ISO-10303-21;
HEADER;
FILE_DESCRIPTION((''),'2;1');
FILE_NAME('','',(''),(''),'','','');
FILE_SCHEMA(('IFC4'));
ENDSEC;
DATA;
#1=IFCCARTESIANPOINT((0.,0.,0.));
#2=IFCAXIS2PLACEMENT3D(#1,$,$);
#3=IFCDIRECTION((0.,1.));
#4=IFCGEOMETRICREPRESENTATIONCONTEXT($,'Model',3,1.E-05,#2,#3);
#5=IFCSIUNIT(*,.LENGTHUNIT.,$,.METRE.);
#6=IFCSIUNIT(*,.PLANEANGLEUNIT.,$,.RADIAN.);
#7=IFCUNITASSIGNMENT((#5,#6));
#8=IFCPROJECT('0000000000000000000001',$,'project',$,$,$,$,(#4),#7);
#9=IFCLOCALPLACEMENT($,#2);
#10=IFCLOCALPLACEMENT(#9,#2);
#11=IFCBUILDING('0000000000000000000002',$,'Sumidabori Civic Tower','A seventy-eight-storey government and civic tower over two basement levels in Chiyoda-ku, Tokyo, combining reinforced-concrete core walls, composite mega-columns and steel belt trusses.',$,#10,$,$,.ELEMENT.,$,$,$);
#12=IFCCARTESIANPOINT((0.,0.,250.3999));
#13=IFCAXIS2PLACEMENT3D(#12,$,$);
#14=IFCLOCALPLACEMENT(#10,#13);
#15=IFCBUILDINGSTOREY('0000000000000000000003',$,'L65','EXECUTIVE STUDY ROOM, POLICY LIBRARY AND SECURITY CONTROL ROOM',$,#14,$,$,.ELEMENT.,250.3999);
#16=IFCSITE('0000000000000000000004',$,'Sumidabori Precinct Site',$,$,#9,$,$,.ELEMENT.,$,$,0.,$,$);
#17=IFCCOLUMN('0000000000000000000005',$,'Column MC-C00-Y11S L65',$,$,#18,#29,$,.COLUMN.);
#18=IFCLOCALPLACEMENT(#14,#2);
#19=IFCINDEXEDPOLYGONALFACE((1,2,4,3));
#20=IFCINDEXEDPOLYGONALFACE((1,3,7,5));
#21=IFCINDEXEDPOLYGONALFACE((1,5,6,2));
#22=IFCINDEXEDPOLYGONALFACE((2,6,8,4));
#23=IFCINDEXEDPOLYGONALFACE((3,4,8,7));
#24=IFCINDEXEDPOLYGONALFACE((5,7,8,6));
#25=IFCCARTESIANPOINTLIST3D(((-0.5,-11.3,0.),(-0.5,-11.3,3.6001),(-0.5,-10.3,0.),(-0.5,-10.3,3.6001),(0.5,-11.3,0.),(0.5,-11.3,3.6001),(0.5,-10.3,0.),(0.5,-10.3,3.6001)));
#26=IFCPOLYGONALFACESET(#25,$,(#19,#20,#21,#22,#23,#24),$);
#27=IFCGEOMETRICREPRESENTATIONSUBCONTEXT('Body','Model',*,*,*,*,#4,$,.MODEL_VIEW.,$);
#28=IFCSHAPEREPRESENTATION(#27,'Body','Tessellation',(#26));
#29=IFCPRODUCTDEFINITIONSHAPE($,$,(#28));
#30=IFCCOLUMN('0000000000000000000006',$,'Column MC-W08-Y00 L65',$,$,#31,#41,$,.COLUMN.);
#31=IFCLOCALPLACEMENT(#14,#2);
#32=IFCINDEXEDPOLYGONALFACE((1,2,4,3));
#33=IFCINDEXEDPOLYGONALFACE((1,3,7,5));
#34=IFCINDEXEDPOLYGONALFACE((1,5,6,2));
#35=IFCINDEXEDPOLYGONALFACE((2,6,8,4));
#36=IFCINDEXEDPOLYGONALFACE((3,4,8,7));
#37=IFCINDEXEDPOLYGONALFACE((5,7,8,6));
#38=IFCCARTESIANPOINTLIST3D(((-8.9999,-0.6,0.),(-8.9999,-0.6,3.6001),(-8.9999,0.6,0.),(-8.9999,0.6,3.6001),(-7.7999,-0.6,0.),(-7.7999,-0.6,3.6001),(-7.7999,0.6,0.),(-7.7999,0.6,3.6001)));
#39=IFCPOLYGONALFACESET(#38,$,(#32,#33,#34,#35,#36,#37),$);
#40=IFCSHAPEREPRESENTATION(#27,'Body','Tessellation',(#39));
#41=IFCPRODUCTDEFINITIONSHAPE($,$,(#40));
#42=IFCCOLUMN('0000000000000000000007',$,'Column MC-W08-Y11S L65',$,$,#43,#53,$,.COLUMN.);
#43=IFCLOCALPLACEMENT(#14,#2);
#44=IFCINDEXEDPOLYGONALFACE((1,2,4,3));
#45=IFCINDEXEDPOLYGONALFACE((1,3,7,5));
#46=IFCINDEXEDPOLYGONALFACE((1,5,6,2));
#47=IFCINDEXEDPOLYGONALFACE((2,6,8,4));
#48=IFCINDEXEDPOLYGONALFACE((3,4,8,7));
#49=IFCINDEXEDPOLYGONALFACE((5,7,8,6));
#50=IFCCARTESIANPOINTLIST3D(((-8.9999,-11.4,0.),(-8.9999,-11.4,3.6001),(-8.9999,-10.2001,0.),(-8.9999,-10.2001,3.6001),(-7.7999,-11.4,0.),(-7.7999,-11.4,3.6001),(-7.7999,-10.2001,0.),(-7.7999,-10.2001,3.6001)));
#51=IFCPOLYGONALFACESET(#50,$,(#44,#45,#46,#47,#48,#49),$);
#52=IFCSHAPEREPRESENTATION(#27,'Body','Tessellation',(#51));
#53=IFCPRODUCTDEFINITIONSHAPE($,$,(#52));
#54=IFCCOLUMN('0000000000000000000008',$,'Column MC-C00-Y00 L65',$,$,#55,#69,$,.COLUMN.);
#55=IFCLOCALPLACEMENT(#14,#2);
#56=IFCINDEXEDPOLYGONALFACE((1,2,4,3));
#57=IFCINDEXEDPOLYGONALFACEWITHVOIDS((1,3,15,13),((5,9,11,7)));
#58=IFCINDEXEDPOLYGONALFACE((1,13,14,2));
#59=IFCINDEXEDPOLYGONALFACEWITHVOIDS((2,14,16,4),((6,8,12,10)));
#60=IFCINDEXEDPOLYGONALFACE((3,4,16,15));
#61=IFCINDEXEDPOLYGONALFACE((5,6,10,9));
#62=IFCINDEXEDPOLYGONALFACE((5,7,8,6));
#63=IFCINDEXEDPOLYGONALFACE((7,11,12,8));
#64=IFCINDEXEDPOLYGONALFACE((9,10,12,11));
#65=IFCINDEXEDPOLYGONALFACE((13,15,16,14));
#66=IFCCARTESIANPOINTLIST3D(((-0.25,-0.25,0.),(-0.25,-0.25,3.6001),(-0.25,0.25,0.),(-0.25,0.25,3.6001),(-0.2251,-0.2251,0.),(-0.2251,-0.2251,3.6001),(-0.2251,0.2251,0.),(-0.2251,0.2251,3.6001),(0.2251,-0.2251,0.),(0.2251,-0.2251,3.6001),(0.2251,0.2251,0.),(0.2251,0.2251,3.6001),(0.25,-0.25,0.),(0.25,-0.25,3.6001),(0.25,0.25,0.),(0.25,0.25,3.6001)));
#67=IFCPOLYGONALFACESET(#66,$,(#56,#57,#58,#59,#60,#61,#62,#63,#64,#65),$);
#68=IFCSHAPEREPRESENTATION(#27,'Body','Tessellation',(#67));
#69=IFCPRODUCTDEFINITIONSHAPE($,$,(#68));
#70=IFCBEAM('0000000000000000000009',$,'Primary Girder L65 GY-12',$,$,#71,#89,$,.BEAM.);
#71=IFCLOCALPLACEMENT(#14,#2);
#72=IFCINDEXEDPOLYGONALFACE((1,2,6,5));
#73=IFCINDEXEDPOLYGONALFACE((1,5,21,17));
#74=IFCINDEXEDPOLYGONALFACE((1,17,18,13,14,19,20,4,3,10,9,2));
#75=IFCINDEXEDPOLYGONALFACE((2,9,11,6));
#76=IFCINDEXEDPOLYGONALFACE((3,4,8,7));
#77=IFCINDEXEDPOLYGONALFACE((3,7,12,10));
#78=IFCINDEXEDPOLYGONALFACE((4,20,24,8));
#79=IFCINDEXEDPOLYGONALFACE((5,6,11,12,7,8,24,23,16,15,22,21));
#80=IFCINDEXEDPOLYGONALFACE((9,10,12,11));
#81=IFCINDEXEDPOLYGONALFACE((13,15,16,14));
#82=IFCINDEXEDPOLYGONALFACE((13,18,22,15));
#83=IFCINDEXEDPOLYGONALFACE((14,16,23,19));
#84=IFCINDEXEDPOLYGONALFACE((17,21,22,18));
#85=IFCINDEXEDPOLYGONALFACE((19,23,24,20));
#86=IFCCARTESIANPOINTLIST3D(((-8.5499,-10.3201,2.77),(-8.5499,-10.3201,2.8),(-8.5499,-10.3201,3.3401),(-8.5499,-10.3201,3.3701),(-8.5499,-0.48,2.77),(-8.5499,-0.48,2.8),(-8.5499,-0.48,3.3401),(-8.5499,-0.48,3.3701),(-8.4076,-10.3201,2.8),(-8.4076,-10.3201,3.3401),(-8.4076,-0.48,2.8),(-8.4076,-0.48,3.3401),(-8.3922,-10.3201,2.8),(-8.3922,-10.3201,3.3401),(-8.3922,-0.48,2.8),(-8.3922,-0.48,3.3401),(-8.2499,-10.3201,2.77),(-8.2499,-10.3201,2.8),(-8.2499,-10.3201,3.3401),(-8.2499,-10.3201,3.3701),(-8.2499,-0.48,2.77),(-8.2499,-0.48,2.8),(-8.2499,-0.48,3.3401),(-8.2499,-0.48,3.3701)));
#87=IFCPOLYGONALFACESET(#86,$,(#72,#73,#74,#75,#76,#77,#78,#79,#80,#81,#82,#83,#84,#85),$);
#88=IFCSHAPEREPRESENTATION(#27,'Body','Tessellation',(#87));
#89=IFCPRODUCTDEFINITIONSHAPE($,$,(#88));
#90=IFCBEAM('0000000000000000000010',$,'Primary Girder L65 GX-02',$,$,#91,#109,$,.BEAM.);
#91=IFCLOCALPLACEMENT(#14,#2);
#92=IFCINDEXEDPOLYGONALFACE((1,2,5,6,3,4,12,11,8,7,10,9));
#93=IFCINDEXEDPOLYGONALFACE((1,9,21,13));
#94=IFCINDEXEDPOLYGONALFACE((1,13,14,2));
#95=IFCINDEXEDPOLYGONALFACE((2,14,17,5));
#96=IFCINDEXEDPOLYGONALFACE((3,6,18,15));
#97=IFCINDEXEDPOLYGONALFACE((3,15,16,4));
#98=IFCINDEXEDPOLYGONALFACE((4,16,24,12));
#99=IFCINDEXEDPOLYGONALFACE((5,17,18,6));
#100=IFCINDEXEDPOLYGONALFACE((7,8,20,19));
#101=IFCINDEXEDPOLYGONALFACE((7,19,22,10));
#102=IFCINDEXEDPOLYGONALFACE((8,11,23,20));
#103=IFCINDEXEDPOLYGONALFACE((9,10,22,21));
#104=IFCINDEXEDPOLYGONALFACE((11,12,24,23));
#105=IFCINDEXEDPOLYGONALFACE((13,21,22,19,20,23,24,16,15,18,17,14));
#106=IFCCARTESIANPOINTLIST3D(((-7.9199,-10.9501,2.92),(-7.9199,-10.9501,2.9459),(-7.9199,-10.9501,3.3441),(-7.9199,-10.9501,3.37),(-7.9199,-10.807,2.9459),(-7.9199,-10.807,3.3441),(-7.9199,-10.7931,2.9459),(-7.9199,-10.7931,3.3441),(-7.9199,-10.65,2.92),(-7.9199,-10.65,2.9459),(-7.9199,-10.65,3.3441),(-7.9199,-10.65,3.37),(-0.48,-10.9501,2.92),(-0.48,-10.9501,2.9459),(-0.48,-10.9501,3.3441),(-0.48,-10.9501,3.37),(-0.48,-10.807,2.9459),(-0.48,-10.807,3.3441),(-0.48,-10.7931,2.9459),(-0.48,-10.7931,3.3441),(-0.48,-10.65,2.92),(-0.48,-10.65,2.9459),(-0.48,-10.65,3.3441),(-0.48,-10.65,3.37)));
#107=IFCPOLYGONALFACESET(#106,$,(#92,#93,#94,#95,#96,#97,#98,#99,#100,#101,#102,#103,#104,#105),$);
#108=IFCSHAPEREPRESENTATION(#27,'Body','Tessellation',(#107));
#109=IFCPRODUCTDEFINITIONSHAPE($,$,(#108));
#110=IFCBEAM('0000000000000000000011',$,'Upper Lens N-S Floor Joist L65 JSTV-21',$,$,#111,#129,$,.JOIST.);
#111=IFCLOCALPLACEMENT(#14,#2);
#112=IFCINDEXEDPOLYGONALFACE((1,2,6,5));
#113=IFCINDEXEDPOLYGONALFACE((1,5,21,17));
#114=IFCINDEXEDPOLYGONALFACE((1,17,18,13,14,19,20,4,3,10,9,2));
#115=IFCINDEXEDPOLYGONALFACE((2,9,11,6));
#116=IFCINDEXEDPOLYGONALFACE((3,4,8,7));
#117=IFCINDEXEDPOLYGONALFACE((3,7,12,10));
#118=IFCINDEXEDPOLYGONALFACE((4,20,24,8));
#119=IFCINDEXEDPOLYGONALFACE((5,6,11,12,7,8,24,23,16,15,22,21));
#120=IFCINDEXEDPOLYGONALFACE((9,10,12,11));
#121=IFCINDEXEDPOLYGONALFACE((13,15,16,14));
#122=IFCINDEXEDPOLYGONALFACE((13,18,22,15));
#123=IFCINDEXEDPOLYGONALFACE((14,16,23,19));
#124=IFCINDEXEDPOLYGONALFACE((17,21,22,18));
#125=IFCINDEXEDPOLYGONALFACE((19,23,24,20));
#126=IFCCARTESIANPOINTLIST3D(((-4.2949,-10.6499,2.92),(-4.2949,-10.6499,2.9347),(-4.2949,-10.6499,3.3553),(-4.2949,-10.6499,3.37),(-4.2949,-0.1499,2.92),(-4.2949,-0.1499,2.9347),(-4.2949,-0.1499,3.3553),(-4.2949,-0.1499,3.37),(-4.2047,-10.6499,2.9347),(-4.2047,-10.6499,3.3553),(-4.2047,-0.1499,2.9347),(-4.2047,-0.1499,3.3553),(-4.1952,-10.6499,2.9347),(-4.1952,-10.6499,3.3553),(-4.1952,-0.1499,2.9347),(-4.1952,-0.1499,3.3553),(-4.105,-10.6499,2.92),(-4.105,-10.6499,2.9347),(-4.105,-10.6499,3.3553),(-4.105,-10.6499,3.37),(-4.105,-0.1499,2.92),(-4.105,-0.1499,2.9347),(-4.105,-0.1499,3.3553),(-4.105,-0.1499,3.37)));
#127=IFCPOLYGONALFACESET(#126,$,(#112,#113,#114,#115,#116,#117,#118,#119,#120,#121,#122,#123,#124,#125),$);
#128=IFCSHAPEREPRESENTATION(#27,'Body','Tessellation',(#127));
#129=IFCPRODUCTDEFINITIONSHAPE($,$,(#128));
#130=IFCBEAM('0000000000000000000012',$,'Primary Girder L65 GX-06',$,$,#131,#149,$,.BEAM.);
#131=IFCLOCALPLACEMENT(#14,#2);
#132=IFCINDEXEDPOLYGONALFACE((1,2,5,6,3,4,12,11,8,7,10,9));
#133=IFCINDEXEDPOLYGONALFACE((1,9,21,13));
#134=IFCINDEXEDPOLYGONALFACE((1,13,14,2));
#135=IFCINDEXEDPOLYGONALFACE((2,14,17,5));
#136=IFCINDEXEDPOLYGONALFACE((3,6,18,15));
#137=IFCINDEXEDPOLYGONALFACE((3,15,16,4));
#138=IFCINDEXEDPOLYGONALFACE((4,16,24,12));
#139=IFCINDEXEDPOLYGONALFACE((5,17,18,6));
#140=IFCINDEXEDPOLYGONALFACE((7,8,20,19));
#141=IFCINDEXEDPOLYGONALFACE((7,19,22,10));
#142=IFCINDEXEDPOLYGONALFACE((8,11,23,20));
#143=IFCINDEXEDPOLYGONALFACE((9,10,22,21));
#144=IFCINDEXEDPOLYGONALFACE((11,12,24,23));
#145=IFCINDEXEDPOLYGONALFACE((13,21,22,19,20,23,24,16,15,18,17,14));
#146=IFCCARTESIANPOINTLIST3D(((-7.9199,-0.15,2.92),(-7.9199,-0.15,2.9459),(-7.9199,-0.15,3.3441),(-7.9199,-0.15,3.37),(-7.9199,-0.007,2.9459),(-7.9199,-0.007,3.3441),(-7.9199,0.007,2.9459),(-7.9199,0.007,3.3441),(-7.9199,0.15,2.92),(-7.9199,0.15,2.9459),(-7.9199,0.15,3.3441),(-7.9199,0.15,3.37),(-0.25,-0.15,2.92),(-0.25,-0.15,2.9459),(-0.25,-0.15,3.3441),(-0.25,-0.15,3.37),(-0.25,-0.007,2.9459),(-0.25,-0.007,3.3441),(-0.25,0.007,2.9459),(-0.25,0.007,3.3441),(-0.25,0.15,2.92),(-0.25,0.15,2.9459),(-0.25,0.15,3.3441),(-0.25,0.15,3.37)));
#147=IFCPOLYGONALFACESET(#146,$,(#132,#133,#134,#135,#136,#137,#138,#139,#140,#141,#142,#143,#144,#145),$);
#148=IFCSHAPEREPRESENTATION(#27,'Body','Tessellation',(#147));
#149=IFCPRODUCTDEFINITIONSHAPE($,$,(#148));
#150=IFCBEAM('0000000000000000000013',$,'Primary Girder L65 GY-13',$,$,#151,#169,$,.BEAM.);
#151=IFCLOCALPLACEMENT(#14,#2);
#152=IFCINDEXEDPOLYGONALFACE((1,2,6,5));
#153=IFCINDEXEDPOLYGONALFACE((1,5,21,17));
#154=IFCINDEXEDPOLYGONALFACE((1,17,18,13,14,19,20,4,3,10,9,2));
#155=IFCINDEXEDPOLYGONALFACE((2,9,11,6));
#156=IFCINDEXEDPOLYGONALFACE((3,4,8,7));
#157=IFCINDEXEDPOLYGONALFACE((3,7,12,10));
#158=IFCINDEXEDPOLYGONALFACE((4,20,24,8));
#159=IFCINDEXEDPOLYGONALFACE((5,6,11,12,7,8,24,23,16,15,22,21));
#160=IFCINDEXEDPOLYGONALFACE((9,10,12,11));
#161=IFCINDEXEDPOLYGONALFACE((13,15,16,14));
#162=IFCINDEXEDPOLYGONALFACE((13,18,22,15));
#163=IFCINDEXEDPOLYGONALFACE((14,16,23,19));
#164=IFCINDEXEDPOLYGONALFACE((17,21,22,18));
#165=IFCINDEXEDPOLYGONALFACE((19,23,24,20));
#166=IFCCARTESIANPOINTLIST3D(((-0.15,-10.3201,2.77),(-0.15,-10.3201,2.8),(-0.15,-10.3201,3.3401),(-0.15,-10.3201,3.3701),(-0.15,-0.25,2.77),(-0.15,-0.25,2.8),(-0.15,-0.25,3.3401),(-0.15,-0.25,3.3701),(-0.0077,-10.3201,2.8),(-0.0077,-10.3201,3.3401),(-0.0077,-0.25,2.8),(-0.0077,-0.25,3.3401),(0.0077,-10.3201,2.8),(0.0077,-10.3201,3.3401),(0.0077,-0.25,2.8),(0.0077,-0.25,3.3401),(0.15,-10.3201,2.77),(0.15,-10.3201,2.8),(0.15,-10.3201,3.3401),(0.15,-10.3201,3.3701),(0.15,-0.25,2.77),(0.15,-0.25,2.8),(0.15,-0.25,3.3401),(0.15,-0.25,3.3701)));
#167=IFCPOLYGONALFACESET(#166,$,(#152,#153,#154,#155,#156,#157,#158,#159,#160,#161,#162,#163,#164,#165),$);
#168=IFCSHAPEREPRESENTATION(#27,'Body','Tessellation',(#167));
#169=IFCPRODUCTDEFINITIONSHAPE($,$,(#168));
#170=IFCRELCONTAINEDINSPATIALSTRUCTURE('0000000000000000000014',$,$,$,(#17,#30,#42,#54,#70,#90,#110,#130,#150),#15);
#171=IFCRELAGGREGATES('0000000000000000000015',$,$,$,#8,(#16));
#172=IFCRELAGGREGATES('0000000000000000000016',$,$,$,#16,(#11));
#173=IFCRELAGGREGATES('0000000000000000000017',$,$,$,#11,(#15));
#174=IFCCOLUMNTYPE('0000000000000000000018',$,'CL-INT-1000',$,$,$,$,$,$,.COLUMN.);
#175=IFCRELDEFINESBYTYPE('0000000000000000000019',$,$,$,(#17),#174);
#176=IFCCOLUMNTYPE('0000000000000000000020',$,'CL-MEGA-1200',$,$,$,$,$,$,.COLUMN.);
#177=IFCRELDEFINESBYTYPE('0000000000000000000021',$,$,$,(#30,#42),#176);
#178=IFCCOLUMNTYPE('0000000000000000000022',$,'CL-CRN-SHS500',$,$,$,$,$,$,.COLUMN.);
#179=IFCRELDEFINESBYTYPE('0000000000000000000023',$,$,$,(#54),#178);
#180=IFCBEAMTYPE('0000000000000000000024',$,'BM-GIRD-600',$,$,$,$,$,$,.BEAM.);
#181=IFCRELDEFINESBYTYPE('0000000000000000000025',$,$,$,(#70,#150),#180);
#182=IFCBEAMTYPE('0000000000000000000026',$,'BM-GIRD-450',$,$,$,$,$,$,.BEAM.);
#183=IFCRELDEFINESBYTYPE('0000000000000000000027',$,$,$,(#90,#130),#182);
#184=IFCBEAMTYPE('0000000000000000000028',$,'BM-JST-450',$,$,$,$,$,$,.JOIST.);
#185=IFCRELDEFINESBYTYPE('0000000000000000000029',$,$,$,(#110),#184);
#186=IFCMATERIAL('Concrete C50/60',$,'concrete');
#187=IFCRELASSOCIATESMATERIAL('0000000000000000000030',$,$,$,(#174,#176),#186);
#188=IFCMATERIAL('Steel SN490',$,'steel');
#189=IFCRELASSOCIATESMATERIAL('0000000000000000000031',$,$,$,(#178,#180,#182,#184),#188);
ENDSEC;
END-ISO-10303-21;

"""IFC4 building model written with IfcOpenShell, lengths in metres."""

from ifc_helpers import new_model, si_unit, direction, frame, origin, origin_with_axes, origin_2d, place, context, subcontext, project, spatial, rectangle, hollow_rectangle, i_section, extrude, source, transform, mapped, material, material_profile, profile_set, type_object, element, save


model = new_model("IFC4")

# Units and contexts
model_context = context("Model", 3, precision=1e-05, world=origin(), true_north=direction((0.0, 1.0)))
body_context = subcontext(model_context, "Body", "Model", "MODEL_VIEW")
ifc_project = project(units=[si_unit("LENGTHUNIT", "METRE"), si_unit("PLANEANGLEUNIT", "RADIAN")], contexts=[model_context])

# Site, building, storey
site_placement = place(None, origin())
site = spatial("IfcSite", under=ifc_project, at=site_placement, Name="Sumidabori Precinct Site", CompositionType="ELEMENT", RefElevation=0.0)
building_placement = place(site_placement, origin())
building = spatial("IfcBuilding", under=site, at=building_placement, Name="Sumidabori Civic Tower", Description="A seventy-eight-storey government and civic tower over two basement levels in Chiyoda-ku, Tokyo, combining reinforced-concrete core walls, composite mega-columns and steel belt trusses.", CompositionType="ELEMENT")
storey_placement = place(building_placement, frame((0.0, 0.0, 250.3999)))
storey = spatial("IfcBuildingStorey", under=building, at=storey_placement, Name="L65", Description="EXECUTIVE STUDY ROOM, POLICY LIBRARY AND SECURITY CONTROL ROOM", CompositionType="ELEMENT", Elevation=250.3999)

# Columns
ifc_material_1 = material(Name="Concrete C50/60", Category="concrete")
ifc_material_profile_1 = material_profile(ifc_material_1, rectangle(XDim=1.0, YDim=1.0, at=origin_2d()), Name="RC 1000x1000")
ifc_profile_set_1 = profile_set([ifc_material_profile_1], Name="Concrete C50/60")
column_type_1 = type_object("IfcColumnType", Name="CL-INT-1000", PredefinedType="COLUMN", material=ifc_profile_set_1)
shared_shape_1 = source(origin(), body_context, "Body", "SweptSolid", [
    extrude(rectangle(XDim=1.0, YDim=1.0, at=origin_2d()), origin(), (0.0, 0.0, 1.0), 3.6001),
])
column_1_placement = place(storey_placement, frame((0.0, -10.8, 0.0), z_axis=(0.0, 0.0, 1.0), x_axis=(1.0, 0.0, 0.0)))
element("IfcColumn", 1, at=column_1_placement, inside=storey, type_object=column_type_1, Name="Column MC-C00-Y11S L65", PredefinedType="COLUMN", context=body_context, shape_type="MappedRepresentation", body=[
    mapped(shared_shape_1, transform((0.0, 0.0, 0.0), x_axis=(1.0, 0.0, 0.0), y_axis=(0.0, 1.0, 0.0), z_axis=(0.0, 0.0, 1.0), scale=1.0)),
])
ifc_material_profile_2 = material_profile(ifc_material_1, rectangle(XDim=1.2, YDim=1.2, at=origin_2d()), Name="RC 1200x1200")
ifc_profile_set_2 = profile_set([ifc_material_profile_2], Name="Concrete C50/60")
column_type_2 = type_object("IfcColumnType", Name="CL-MEGA-1200", PredefinedType="COLUMN", material=ifc_profile_set_2)
shared_shape_2 = source(origin(), body_context, "Body", "SweptSolid", [
    extrude(rectangle(XDim=1.2, YDim=1.2, at=origin_2d()), origin(), (0.0, 0.0, 1.0), 3.6001),
])
for number, where, z_axis, x_axis, name in (
    (2, (-8.3999, 0.0, 0.0), (0.0, 0.0, 1.0), (1.0, 0.0, 0.0), "Column MC-W08-Y00 L65"),
    (3, (-8.3999, -10.8, 0.0), (0.0, 0.0, 1.0), (1.0, 0.0, 0.0), "Column MC-W08-Y11S L65"),
):
    element("IfcColumn", number, at=place(storey_placement, frame(where, z_axis=z_axis, x_axis=x_axis)), inside=storey, type_object=column_type_2, Name=name, PredefinedType="COLUMN", context=body_context, shape_type="MappedRepresentation", body=[
        mapped(shared_shape_2, transform((0.0, 0.0, 0.0), x_axis=(1.0, 0.0, 0.0), y_axis=(0.0, 1.0, 0.0), z_axis=(0.0, 0.0, 1.0), scale=1.0)),
    ])
ifc_material_2 = material(Name="Steel SN490", Category="steel")
ifc_material_profile_3 = material_profile(ifc_material_2, hollow_rectangle(XDim=0.5, YDim=0.5, WallThickness=0.0249, at=origin_2d()), Name="SHS 500x500x25")
ifc_profile_set_3 = profile_set([ifc_material_profile_3], Name="Steel SN490")
column_type_3 = type_object("IfcColumnType", Name="CL-CRN-SHS500", PredefinedType="COLUMN", material=ifc_profile_set_3)
shared_shape_3 = source(origin(), body_context, "Body", "SweptSolid", [
    extrude(hollow_rectangle(XDim=0.5, YDim=0.5, WallThickness=0.0249, at=origin_2d()), origin(), (0.0, 0.0, 1.0), 3.6001),
])
column_2_placement = place(storey_placement, origin_with_axes())
element("IfcColumn", 4, at=column_2_placement, inside=storey, type_object=column_type_3, Name="Column MC-C00-Y00 L65", PredefinedType="COLUMN", context=body_context, shape_type="MappedRepresentation", body=[
    mapped(shared_shape_3, transform((0.0, 0.0, 0.0), x_axis=(1.0, 0.0, 0.0), y_axis=(0.0, 1.0, 0.0), z_axis=(0.0, 0.0, 1.0), scale=1.0)),
])

# Beams
ifc_material_profile_4 = material_profile(ifc_material_2, i_section(OverallWidth=0.3, OverallDepth=0.6001, WebThickness=0.0154, FlangeThickness=0.03, at=origin_2d()), Name="HE 600 B")
ifc_profile_set_4 = profile_set([ifc_material_profile_4], Name="Steel SN490")
beam_type_1 = type_object("IfcBeamType", Name="BM-GIRD-600", PredefinedType="BEAM", material=ifc_profile_set_4)
shared_shape_4 = source(origin(), body_context, "Body", "SweptSolid", [
    extrude(i_section(OverallWidth=0.3, OverallDepth=0.6001, WebThickness=0.0154, FlangeThickness=0.03, at=origin_2d()), origin(), (0.0, 0.0, 1.0), 9.8401),
])
beam_1_placement = place(storey_placement, frame((-8.3999, -10.3201, 3.0701), z_axis=(0.0, 1.0, 0.0), x_axis=(-1.0, 0.0, 0.0)))
element("IfcBeam", 5, at=beam_1_placement, inside=storey, type_object=beam_type_1, Name="Primary Girder L65 GY-12", PredefinedType="BEAM", context=body_context, shape_type="MappedRepresentation", body=[
    mapped(shared_shape_4, transform((0.0, 0.0, 0.0), x_axis=(1.0, 0.0, 0.0), y_axis=(0.0, 1.0, 0.0), z_axis=(0.0, 0.0, 1.0), scale=1.0)),
])
ifc_material_profile_5 = material_profile(ifc_material_2, i_section(OverallWidth=0.3, OverallDepth=0.45, WebThickness=0.0139, FlangeThickness=0.0259, at=origin_2d()), Name="HE 450 B")
ifc_profile_set_5 = profile_set([ifc_material_profile_5], Name="Steel SN490")
beam_type_2 = type_object("IfcBeamType", Name="BM-GIRD-450", PredefinedType="BEAM", material=ifc_profile_set_5)
shared_shape_5 = source(origin(), body_context, "Body", "SweptSolid", [
    extrude(i_section(OverallWidth=0.3, OverallDepth=0.45, WebThickness=0.0139, FlangeThickness=0.0259, at=origin_2d()), origin(), (0.0, 0.0, 1.0), 7.4399),
])
beam_2_placement = place(storey_placement, frame((-7.9199, -10.8, 3.145), z_axis=(1.0, 0.0, 0.0), x_axis=(0.0, 1.0, 0.0)))
element("IfcBeam", 6, at=beam_2_placement, inside=storey, type_object=beam_type_2, Name="Primary Girder L65 GX-02", PredefinedType="BEAM", context=body_context, shape_type="MappedRepresentation", body=[
    mapped(shared_shape_5, transform((0.0, 0.0, 0.0), x_axis=(1.0, 0.0, 0.0), y_axis=(0.0, 1.0, 0.0), z_axis=(0.0, 0.0, 1.0), scale=1.0)),
])
ifc_material_profile_6 = material_profile(ifc_material_2, i_section(OverallWidth=0.1899, OverallDepth=0.45, WebThickness=0.0095, FlangeThickness=0.0146, at=origin_2d()), Name="IPE 450")
ifc_profile_set_6 = profile_set([ifc_material_profile_6], Name="Steel SN490")
beam_type_3 = type_object("IfcBeamType", Name="BM-JST-450", PredefinedType="JOIST", material=ifc_profile_set_6)
shared_shape_6 = source(origin(), body_context, "Body", "SweptSolid", [
    extrude(i_section(OverallWidth=0.1899, OverallDepth=0.45, WebThickness=0.0095, FlangeThickness=0.0146, at=origin_2d()), origin(), (0.0, 0.0, 1.0), 10.5),
])
beam_3_placement = place(storey_placement, frame((-4.2, -10.6499, 3.145), z_axis=(0.0, 1.0, 0.0), x_axis=(-1.0, 0.0, 0.0)))
element("IfcBeam", 7, at=beam_3_placement, inside=storey, type_object=beam_type_3, Name="Upper Lens N-S Floor Joist L65 JSTV-21", PredefinedType="JOIST", context=body_context, shape_type="MappedRepresentation", body=[
    mapped(shared_shape_6, transform((0.0, 0.0, 0.0), x_axis=(1.0, 0.0, 0.0), y_axis=(0.0, 1.0, 0.0), z_axis=(0.0, 0.0, 1.0), scale=1.0)),
])
shared_shape_7 = source(origin(), body_context, "Body", "SweptSolid", [
    extrude(i_section(OverallWidth=0.3, OverallDepth=0.45, WebThickness=0.0139, FlangeThickness=0.0259, at=origin_2d()), origin(), (0.0, 0.0, 1.0), 7.6699),
])
beam_4_placement = place(storey_placement, frame((-7.9199, 0.0, 3.145), z_axis=(1.0, 0.0, 0.0), x_axis=(0.0, 1.0, 0.0)))
element("IfcBeam", 8, at=beam_4_placement, inside=storey, type_object=beam_type_2, Name="Primary Girder L65 GX-06", PredefinedType="BEAM", context=body_context, shape_type="MappedRepresentation", body=[
    mapped(shared_shape_7, transform((0.0, 0.0, 0.0), x_axis=(1.0, 0.0, 0.0), y_axis=(0.0, 1.0, 0.0), z_axis=(0.0, 0.0, 1.0), scale=1.0)),
])
shared_shape_8 = source(origin(), body_context, "Body", "SweptSolid", [
    extrude(i_section(OverallWidth=0.3, OverallDepth=0.6001, WebThickness=0.0154, FlangeThickness=0.03, at=origin_2d()), origin(), (0.0, 0.0, 1.0), 10.0701),
])
beam_5_placement = place(storey_placement, frame((0.0, -10.3201, 3.0701), z_axis=(0.0, 1.0, 0.0), x_axis=(-1.0, 0.0, 0.0)))
element("IfcBeam", 9, at=beam_5_placement, inside=storey, type_object=beam_type_1, Name="Primary Girder L65 GY-13", PredefinedType="BEAM", context=body_context, shape_type="MappedRepresentation", body=[
    mapped(shared_shape_8, transform((0.0, 0.0, 0.0), x_axis=(1.0, 0.0, 0.0), y_axis=(0.0, 1.0, 0.0), z_axis=(0.0, 0.0, 1.0), scale=1.0)),
])

save(model, "model.ifc")
